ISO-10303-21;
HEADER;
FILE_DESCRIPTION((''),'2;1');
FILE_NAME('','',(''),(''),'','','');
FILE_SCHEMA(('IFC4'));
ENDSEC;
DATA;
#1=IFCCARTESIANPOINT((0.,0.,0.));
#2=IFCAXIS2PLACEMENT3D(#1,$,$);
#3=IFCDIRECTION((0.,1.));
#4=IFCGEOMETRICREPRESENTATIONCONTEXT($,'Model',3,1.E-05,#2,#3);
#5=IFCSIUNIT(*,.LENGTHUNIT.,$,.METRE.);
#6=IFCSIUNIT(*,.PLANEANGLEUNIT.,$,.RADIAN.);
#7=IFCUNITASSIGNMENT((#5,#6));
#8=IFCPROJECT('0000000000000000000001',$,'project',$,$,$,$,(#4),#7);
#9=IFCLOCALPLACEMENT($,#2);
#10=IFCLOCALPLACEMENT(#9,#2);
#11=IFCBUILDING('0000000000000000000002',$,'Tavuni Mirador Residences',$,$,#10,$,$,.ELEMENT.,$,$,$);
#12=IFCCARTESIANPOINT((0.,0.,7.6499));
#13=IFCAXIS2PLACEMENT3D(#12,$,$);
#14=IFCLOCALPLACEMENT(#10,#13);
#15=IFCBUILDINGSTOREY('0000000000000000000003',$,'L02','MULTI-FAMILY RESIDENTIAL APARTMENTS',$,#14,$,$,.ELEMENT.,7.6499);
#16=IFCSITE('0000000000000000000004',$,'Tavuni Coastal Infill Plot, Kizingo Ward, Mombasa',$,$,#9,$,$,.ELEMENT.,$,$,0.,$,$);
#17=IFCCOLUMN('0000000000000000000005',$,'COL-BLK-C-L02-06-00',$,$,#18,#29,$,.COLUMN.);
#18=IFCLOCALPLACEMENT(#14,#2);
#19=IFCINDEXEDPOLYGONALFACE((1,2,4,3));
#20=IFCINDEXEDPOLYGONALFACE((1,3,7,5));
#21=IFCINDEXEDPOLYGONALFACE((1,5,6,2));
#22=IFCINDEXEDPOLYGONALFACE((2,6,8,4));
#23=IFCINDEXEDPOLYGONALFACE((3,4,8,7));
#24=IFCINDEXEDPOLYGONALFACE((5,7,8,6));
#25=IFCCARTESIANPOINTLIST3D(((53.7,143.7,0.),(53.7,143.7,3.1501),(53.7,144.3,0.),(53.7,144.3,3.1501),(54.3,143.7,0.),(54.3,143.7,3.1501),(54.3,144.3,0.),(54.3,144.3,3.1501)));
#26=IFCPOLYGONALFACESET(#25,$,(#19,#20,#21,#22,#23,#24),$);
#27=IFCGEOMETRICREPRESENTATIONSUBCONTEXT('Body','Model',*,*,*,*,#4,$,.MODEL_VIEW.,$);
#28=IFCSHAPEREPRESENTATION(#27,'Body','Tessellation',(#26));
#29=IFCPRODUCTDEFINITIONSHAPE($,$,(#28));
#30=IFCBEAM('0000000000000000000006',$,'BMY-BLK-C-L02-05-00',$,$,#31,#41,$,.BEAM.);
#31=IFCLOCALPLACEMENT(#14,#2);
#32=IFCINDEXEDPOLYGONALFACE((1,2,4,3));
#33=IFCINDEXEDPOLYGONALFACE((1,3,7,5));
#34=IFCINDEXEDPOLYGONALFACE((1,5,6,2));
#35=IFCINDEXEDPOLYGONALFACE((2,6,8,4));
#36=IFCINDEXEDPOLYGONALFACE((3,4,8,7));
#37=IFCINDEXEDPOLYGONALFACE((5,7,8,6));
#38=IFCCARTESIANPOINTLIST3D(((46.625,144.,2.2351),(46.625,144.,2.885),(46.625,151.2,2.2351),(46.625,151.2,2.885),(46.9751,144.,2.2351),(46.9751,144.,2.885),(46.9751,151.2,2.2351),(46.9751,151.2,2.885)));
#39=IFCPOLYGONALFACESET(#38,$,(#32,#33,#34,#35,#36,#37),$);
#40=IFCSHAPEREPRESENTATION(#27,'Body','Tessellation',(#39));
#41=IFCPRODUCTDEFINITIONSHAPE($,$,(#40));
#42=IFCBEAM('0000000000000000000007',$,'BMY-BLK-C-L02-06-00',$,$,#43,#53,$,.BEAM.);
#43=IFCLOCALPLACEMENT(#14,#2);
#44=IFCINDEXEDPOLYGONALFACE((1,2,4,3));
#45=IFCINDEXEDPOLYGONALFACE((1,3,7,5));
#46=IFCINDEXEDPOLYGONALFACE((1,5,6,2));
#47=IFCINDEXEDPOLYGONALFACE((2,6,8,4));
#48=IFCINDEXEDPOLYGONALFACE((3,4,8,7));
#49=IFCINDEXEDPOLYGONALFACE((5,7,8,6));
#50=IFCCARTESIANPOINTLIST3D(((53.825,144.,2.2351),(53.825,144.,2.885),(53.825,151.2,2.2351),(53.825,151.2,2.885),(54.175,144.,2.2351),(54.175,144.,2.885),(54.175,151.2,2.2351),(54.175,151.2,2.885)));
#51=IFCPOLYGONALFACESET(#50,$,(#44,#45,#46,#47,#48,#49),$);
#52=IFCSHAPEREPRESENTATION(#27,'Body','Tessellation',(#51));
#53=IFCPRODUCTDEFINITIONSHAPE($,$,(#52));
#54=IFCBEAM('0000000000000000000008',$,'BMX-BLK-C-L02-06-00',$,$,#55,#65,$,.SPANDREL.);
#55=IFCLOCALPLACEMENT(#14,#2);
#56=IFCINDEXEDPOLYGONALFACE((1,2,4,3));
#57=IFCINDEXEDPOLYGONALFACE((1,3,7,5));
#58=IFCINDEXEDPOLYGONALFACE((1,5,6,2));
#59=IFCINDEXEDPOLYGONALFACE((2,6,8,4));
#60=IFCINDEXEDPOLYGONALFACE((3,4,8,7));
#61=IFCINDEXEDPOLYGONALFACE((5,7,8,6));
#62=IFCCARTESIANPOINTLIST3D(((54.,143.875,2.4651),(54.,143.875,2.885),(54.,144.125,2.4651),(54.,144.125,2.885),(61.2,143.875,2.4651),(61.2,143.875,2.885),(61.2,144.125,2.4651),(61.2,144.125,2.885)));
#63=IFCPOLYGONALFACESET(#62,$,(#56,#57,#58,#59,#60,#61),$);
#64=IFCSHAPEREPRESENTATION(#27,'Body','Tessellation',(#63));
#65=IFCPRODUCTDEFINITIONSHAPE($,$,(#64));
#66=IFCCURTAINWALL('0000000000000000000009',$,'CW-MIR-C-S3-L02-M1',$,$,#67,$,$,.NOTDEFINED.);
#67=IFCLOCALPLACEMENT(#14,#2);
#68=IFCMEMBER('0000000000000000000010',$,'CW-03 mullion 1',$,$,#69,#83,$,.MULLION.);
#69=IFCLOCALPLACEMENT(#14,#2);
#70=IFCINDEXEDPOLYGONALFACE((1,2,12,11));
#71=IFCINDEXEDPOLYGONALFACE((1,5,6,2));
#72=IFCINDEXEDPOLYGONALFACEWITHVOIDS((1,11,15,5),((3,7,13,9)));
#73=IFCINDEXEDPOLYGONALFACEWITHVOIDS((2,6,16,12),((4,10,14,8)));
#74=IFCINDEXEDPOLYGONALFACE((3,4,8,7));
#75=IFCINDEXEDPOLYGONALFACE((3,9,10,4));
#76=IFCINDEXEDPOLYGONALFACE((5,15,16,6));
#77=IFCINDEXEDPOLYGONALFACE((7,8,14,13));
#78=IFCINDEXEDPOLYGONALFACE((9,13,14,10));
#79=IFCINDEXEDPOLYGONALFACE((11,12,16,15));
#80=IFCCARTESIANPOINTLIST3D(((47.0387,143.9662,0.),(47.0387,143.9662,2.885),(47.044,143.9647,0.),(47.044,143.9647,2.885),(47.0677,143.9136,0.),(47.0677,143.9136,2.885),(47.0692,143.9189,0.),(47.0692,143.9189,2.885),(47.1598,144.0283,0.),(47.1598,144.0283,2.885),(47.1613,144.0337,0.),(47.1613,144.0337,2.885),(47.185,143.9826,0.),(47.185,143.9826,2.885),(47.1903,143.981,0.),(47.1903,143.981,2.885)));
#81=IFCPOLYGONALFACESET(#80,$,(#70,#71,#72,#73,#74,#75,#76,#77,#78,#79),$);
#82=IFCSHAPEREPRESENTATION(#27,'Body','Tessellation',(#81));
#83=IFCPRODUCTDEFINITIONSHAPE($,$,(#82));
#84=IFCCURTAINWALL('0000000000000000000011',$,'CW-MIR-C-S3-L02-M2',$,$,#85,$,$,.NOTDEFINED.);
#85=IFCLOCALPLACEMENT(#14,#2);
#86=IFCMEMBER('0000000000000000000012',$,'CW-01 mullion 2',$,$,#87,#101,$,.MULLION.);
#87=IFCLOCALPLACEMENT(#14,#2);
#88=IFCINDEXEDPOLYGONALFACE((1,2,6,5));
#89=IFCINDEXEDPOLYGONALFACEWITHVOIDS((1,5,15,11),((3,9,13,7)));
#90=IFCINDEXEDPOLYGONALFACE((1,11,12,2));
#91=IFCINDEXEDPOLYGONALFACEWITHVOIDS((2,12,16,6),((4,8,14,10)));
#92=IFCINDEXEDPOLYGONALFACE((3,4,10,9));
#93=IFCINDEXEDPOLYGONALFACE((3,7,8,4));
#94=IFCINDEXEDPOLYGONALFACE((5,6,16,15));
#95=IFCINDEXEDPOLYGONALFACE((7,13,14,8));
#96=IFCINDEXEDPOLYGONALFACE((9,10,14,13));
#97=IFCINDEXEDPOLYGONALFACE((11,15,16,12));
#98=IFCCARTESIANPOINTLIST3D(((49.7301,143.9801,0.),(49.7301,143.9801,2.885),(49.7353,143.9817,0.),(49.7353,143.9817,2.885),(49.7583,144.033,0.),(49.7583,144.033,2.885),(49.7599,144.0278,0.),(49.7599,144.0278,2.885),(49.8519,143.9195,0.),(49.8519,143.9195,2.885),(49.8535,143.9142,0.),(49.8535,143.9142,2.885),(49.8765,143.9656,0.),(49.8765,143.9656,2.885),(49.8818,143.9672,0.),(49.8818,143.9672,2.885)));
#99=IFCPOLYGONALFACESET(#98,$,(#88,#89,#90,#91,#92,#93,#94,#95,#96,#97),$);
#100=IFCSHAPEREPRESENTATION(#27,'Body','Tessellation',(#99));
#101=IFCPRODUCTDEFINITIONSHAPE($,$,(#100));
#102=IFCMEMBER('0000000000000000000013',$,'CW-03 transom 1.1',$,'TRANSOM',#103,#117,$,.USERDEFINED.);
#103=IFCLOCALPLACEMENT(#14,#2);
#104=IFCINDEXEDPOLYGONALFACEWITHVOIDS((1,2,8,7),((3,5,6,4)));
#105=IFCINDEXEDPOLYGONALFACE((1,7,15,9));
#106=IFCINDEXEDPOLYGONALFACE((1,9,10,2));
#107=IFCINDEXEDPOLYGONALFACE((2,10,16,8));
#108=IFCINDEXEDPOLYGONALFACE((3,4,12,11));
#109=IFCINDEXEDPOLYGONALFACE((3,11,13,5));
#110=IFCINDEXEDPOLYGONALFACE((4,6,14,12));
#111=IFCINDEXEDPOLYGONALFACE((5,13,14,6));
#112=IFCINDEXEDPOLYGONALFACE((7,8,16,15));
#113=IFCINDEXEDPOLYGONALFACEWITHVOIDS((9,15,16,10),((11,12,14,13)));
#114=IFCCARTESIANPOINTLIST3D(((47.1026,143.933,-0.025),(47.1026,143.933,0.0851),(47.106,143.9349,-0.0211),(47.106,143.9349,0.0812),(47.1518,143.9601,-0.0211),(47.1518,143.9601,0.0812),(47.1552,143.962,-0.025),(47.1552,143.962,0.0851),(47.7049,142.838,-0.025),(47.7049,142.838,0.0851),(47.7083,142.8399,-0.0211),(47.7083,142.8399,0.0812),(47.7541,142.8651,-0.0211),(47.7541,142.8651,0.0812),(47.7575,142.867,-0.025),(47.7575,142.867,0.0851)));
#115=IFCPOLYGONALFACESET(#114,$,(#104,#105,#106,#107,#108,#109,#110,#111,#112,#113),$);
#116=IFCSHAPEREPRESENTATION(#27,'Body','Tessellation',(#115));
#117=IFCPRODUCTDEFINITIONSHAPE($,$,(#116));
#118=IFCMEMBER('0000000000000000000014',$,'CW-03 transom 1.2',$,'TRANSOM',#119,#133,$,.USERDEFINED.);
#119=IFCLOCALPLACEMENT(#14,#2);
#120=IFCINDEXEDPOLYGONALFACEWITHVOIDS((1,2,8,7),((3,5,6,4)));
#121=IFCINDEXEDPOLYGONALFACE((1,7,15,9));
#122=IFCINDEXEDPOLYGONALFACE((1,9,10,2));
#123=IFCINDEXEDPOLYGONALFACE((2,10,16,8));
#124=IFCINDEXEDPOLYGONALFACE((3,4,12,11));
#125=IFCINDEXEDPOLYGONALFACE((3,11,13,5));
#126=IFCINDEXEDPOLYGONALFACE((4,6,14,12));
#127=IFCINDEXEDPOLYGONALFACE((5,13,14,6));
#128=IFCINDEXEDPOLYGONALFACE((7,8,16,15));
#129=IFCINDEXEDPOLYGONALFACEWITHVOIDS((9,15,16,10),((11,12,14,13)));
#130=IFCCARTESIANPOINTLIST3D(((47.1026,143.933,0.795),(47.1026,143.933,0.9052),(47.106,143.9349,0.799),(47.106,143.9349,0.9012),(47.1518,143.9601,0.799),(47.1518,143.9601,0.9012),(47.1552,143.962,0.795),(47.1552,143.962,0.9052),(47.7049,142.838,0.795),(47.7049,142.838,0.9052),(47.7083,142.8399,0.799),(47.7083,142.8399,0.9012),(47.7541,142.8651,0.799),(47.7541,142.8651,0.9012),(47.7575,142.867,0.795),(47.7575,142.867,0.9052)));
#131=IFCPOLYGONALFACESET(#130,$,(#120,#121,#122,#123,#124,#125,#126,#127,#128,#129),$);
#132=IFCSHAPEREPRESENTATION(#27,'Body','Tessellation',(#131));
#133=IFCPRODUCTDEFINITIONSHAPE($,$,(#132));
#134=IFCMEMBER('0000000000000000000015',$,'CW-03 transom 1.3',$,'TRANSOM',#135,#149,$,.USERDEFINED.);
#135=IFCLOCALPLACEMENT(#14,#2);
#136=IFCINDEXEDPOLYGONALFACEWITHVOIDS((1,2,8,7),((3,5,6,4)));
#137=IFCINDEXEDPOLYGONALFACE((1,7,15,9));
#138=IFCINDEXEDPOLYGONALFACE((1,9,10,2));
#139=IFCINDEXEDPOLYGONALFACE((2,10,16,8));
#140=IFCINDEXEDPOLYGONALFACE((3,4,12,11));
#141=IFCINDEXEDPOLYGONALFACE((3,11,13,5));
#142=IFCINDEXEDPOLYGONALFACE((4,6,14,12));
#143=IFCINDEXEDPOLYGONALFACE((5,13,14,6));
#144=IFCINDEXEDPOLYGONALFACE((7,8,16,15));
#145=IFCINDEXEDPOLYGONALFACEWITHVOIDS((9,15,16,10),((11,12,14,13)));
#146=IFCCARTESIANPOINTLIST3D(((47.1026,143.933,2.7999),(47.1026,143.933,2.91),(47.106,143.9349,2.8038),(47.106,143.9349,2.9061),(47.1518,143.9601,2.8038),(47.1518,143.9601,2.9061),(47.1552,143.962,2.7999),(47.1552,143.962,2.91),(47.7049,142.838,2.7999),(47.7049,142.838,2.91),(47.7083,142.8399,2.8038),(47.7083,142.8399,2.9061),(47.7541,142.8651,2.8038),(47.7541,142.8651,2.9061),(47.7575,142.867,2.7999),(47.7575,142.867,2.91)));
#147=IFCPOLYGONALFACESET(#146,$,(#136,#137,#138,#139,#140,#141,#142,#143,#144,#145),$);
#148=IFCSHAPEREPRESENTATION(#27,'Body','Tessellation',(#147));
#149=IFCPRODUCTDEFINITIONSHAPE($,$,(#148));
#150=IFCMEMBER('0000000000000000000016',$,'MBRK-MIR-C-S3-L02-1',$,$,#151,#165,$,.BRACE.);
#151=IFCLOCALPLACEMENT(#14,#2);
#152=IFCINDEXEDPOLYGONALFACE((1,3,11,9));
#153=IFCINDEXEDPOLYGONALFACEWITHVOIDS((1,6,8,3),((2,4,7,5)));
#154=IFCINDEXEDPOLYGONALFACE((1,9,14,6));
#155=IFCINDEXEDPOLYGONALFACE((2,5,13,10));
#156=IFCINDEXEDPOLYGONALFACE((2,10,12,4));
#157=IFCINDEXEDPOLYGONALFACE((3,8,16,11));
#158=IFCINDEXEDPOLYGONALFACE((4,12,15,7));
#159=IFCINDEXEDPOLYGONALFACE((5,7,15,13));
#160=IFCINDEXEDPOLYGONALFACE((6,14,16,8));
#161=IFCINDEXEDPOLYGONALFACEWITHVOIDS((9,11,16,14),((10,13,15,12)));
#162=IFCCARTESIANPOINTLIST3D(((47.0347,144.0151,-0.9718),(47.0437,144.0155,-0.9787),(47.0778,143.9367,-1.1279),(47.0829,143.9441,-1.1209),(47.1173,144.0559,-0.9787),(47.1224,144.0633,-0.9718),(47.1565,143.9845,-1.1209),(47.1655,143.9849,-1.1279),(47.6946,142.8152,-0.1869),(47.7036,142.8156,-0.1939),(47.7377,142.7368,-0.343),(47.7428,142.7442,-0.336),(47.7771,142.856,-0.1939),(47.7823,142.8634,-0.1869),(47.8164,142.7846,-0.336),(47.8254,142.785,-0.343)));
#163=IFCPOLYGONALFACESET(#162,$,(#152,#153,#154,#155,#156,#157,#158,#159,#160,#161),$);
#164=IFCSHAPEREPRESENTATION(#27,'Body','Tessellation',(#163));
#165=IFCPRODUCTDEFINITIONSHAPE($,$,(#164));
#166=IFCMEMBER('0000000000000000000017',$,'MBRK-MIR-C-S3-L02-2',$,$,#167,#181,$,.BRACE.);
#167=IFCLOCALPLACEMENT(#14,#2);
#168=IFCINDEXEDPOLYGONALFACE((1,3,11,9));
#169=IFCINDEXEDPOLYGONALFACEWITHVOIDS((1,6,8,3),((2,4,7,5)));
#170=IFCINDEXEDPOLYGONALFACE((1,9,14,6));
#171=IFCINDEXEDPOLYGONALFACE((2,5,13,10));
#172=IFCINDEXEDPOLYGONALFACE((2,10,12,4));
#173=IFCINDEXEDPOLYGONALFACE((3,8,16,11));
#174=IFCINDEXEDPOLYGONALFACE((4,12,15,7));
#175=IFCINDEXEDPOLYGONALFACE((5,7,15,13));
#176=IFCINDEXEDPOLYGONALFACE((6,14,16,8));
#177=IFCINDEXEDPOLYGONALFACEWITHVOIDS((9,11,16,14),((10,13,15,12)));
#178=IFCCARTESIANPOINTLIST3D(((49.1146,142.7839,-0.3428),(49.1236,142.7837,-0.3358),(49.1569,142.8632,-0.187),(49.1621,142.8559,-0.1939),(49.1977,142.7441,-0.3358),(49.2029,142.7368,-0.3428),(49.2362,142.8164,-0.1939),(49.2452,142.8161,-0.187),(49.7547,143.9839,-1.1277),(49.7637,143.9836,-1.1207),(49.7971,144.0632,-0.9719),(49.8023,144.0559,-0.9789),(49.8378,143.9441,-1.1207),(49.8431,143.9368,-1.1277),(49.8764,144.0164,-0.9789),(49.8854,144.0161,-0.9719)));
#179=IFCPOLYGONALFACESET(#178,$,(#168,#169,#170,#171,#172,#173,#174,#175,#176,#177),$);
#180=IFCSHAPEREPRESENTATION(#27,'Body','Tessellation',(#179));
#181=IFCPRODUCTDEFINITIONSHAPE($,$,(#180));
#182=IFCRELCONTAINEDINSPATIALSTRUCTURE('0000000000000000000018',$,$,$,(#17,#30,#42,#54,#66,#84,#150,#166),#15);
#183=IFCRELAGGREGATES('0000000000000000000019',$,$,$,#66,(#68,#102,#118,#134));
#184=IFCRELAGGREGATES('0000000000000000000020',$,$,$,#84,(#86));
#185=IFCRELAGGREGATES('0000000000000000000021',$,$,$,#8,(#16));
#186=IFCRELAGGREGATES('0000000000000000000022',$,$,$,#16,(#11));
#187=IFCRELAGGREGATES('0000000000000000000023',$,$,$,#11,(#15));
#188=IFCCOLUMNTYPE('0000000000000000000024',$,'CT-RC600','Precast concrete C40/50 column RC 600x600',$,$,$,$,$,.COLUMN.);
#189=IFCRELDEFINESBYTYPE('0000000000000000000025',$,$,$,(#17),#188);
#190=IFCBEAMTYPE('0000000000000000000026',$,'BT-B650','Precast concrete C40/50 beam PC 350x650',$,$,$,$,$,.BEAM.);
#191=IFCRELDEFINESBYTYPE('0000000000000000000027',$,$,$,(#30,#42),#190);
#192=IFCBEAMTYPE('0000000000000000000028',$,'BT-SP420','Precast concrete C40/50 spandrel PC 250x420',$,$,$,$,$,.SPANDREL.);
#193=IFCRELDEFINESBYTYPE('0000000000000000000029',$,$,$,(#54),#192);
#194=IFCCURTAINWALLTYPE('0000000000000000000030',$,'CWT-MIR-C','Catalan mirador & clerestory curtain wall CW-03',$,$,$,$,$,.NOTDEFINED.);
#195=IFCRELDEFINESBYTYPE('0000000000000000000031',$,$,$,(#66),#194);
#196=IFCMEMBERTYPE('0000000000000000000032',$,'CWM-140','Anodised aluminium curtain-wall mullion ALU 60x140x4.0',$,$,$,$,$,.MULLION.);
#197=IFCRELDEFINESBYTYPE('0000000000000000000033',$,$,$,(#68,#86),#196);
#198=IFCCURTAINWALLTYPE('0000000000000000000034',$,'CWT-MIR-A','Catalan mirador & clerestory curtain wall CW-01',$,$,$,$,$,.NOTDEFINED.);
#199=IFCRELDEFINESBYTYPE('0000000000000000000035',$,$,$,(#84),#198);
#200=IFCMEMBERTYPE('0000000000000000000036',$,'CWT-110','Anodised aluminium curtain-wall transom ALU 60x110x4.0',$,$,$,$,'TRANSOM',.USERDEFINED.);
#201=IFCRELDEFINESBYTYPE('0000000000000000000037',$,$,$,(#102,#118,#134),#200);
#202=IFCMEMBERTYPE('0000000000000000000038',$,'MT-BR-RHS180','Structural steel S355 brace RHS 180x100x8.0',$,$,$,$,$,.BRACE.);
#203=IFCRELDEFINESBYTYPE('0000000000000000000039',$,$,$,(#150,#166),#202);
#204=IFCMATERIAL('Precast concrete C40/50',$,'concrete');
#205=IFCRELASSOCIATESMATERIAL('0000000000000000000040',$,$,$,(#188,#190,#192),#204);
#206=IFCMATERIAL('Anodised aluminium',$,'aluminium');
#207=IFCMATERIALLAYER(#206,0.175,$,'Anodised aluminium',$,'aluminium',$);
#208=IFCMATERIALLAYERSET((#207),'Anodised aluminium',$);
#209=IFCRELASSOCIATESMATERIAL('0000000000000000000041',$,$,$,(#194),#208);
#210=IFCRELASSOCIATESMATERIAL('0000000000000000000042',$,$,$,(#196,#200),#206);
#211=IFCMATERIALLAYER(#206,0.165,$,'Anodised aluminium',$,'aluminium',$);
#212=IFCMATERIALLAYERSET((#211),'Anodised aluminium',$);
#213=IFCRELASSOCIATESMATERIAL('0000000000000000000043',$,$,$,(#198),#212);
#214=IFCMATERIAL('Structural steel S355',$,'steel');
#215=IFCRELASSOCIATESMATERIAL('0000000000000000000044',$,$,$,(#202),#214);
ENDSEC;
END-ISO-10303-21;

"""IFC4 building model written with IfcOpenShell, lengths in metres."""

from ifc_helpers import new_model, si_unit, direction, frame, origin, origin_2d, place, context, subcontext, project, spatial, rectangle, hollow_rectangle, extrude, material, layer, layer_set, material_profile, profile_set, type_object, element, aggregate, save


model = new_model("IFC4")

# Units and contexts
model_context = context("Model", 3, precision=1e-05, world=origin(), true_north=direction((0.0, 1.0)))
body_context = subcontext(model_context, "Body", "Model", "MODEL_VIEW")
ifc_project = project(units=[si_unit("LENGTHUNIT", "METRE"), si_unit("PLANEANGLEUNIT", "RADIAN")], contexts=[model_context])

# Site, building, storey
site_placement = place(None, origin())
site = spatial("IfcSite", under=ifc_project, at=site_placement, Name="Tavuni Coastal Infill Plot, Kizingo Ward, Mombasa", CompositionType="ELEMENT", RefElevation=0.0)
building_placement = place(site_placement, origin())
building = spatial("IfcBuilding", under=site, at=building_placement, Name="Tavuni Mirador Residences", CompositionType="ELEMENT")
storey_placement = place(building_placement, frame((0.0, 0.0, 7.6499)))
storey = spatial("IfcBuildingStorey", under=building, at=storey_placement, Name="L02", Description="MULTI-FAMILY RESIDENTIAL APARTMENTS", CompositionType="ELEMENT", Elevation=7.6499)

# Column
ifc_material_1 = material(Name="Precast concrete C40/50", Category="concrete")
ifc_material_profile_1 = material_profile(ifc_material_1, rectangle(XDim=0.6001, YDim=0.6001, at=origin_2d()), Name="RC 600x600", Category="concrete")
ifc_profile_set_1 = profile_set([ifc_material_profile_1], Name="Precast concrete C40/50")
column_type = type_object("IfcColumnType", Name="CT-RC600", Description="Precast concrete C40/50 column RC 600x600", PredefinedType="COLUMN", material=ifc_profile_set_1)
column_placement = place(storey_placement, frame((54.0, 144.0, 0.0), z_axis=(0.0, 0.0, 1.0), x_axis=(1.0, 0.0, 0.0)))
element("IfcColumn", 1, at=column_placement, inside=storey, type_object=column_type, Name="COL-BLK-C-L02-06-00", PredefinedType="COLUMN", context=body_context, shape_type="SweptSolid", body=[
    extrude(rectangle(XDim=0.6001, YDim=0.6001, at=origin_2d()), origin(), (0.0, 0.0, 1.0), 3.1501),
])

# Beams
ifc_material_profile_2 = material_profile(ifc_material_1, rectangle(XDim=0.3501, YDim=0.6499, at=origin_2d()), Name="PC 350x650", Category="concrete")
ifc_profile_set_2 = profile_set([ifc_material_profile_2], Name="Precast concrete C40/50")
beam_type_1 = type_object("IfcBeamType", Name="BT-B650", Description="Precast concrete C40/50 beam PC 350x650", PredefinedType="BEAM", material=ifc_profile_set_2)
for number, where, z_axis, x_axis, name in (
    (2, (46.8, 144.0, 2.5601), (0.0, 1.0, 0.0), (-1.0, 0.0, 0.0), "BMY-BLK-C-L02-05-00"),
    (3, (54.0, 144.0, 2.5601), (0.0, 1.0, 0.0), (-1.0, 0.0, 0.0), "BMY-BLK-C-L02-06-00"),
):
    element("IfcBeam", number, at=place(storey_placement, frame(where, z_axis=z_axis, x_axis=x_axis)), inside=storey, type_object=beam_type_1, Name=name, PredefinedType="BEAM", context=body_context, shape_type="SweptSolid", body=[
        extrude(rectangle(XDim=0.3501, YDim=0.6499, at=origin_2d()), origin(), (0.0, 0.0, 1.0), 7.2),
    ])
ifc_material_profile_3 = material_profile(ifc_material_1, rectangle(XDim=0.25, YDim=0.4199, at=origin_2d()), Name="PC 250x420", Category="concrete")
ifc_profile_set_3 = profile_set([ifc_material_profile_3], Name="Precast concrete C40/50")
beam_type_2 = type_object("IfcBeamType", Name="BT-SP420", Description="Precast concrete C40/50 spandrel PC 250x420", PredefinedType="SPANDREL", material=ifc_profile_set_3)
beam_placement = place(storey_placement, frame((54.0, 144.0, 2.675), z_axis=(1.0, 0.0, 0.0), x_axis=(0.0, 1.0, 0.0)))
element("IfcBeam", 4, at=beam_placement, inside=storey, type_object=beam_type_2, Name="BMX-BLK-C-L02-06-00", PredefinedType="SPANDREL", context=body_context, shape_type="SweptSolid", body=[
    extrude(rectangle(XDim=0.25, YDim=0.4199, at=origin_2d()), origin(), (0.0, 0.0, 1.0), 7.2),
])

# Curtain walls, members
ifc_material_2 = material(Name="Anodised aluminium", Category="aluminium")
ifc_layer_1 = layer(ifc_material_2, 0.175, Name="Anodised aluminium", Category="aluminium")
ifc_layer_set_1 = layer_set([ifc_layer_1], Name="Anodised aluminium")
curtain_wall_type_1 = type_object("IfcCurtainWallType", Name="CWT-MIR-C", Description="Catalan mirador & clerestory curtain wall CW-03", PredefinedType="NOTDEFINED", material=ifc_layer_set_1)
curtain_wall_1_placement = place(storey_placement, origin())
curtain_wall_1 = element("IfcCurtainWall", 5, at=curtain_wall_1_placement, inside=storey, type_object=curtain_wall_type_1, Name="CW-MIR-C-S3-L02-M1", PredefinedType="NOTDEFINED")
ifc_material_profile_4 = material_profile(ifc_material_2, hollow_rectangle(XDim=0.0601, YDim=0.1399, WallThickness=0.0039, at=origin_2d()), Name="ALU 60x140x4.0", Category="aluminium")
ifc_profile_set_4 = profile_set([ifc_material_profile_4], Name="Anodised aluminium")
member_type_1 = type_object("IfcMemberType", Name="CWM-140", Description="Anodised aluminium curtain-wall mullion ALU 60x140x4.0", PredefinedType="MULLION", material=ifc_profile_set_4)
member_1_placement = place(storey_placement, frame((47.1145, 143.9736, 0.0), z_axis=(0.0, 0.0, 1.0), x_axis=(0.481919, -0.876216, 0.0)))
member_1 = element("IfcMember", 6, at=member_1_placement, type_object=member_type_1, Name="CW-03 mullion 1", PredefinedType="MULLION", context=body_context, shape_type="SweptSolid", body=[
    extrude(hollow_rectangle(XDim=0.0601, YDim=0.1399, WallThickness=0.0039, at=origin_2d()), origin(), (0.0, 0.0, 1.0), 2.885),
])
ifc_layer_2 = layer(ifc_material_2, 0.165, Name="Anodised aluminium", Category="aluminium")
ifc_layer_set_2 = layer_set([ifc_layer_2], Name="Anodised aluminium")
curtain_wall_type_2 = type_object("IfcCurtainWallType", Name="CWT-MIR-A", Description="Catalan mirador & clerestory curtain wall CW-01", PredefinedType="NOTDEFINED", material=ifc_layer_set_2)
curtain_wall_2_placement = place(storey_placement, origin())
curtain_wall_2 = element("IfcCurtainWall", 7, at=curtain_wall_2_placement, inside=storey, type_object=curtain_wall_type_2, Name="CW-MIR-C-S3-L02-M2", PredefinedType="NOTDEFINED")
member_2_placement = place(storey_placement, frame((49.8059, 143.9736, 0.0), z_axis=(0.0, 0.0, 1.0), x_axis=(0.470588, 0.882353, 0.0)))
member_2 = element("IfcMember", 8, at=member_2_placement, type_object=member_type_1, Name="CW-01 mullion 2", PredefinedType="MULLION", context=body_context, shape_type="SweptSolid", body=[
    extrude(hollow_rectangle(XDim=0.0601, YDim=0.1399, WallThickness=0.0039, at=origin_2d()), origin(), (0.0, 0.0, 1.0), 2.885),
])

# Members
ifc_material_profile_5 = material_profile(ifc_material_2, hollow_rectangle(XDim=0.0601, YDim=0.1101, WallThickness=0.0039, at=origin_2d()), Name="ALU 60x110x4.0", Category="aluminium")
ifc_profile_set_5 = profile_set([ifc_material_profile_5], Name="Anodised aluminium")
member_type_2 = type_object("IfcMemberType", Name="CWT-110", Description="Anodised aluminium curtain-wall transom ALU 60x110x4.0", ElementType="TRANSOM", PredefinedType="USERDEFINED", material=ifc_profile_set_5)
member_3_placement = place(storey_placement, frame((47.1289, 143.9475, 0.03), z_axis=(0.481956, -0.876195, 0.0), x_axis=(0.876195, 0.481956, 0.0)))
member_3 = element("IfcMember", 9, at=member_3_placement, type_object=member_type_2, Name="CW-03 transom 1.1", ObjectType="TRANSOM", PredefinedType="USERDEFINED", context=body_context, shape_type="SweptSolid", body=[
    extrude(hollow_rectangle(XDim=0.0601, YDim=0.1101, WallThickness=0.0039, at=origin_2d()), origin(), (0.0, 0.0, 1.0), 1.2498),
])
member_4_placement = place(storey_placement, frame((47.1289, 143.9475, 0.8501), z_axis=(0.481956, -0.876195, 0.0), x_axis=(0.876195, 0.481956, 0.0)))
member_4 = element("IfcMember", 10, at=member_4_placement, type_object=member_type_2, Name="CW-03 transom 1.2", ObjectType="TRANSOM", PredefinedType="USERDEFINED", context=body_context, shape_type="SweptSolid", body=[
    extrude(hollow_rectangle(XDim=0.0601, YDim=0.1101, WallThickness=0.0039, at=origin_2d()), origin(), (0.0, 0.0, 1.0), 1.2498),
])
member_5_placement = place(storey_placement, frame((47.1289, 143.9475, 2.855), z_axis=(0.481956, -0.876195, 0.0), x_axis=(0.876195, 0.481956, 0.0)))
member_5 = element("IfcMember", 11, at=member_5_placement, type_object=member_type_2, Name="CW-03 transom 1.3", ObjectType="TRANSOM", PredefinedType="USERDEFINED", context=body_context, shape_type="SweptSolid", body=[
    extrude(hollow_rectangle(XDim=0.0601, YDim=0.1101, WallThickness=0.0039, at=origin_2d()), origin(), (0.0, 0.0, 1.0), 1.2498),
])

# Members
ifc_material_3 = material(Name="Structural steel S355", Category="steel")
ifc_material_profile_6 = material_profile(ifc_material_3, hollow_rectangle(XDim=0.1001, YDim=0.1799, WallThickness=0.0081, at=origin_2d()), Name="RHS 180x100x8.0", Category="steel")
ifc_profile_set_6 = profile_set([ifc_material_profile_6], Name="Structural steel S355")
member_type_3 = type_object("IfcMemberType", Name="MT-BR-RHS180", Description="Structural steel S355 brace RHS 180x100x8.0", PredefinedType="BRACE", material=ifc_profile_set_6)
member_6_placement = place(storey_placement, frame((47.1001, 144.0, -1.0498), z_axis=(0.41808, -0.760216, 0.497273), x_axis=(0.876235, 0.481885, 0.0)))
element("IfcMember", 12, at=member_6_placement, inside=storey, type_object=member_type_3, Name="MBRK-MIR-C-S3-L02-1", PredefinedType="BRACE", context=body_context, shape_type="SweptSolid", body=[
    extrude(hollow_rectangle(XDim=0.1001, YDim=0.1799, WallThickness=0.0081, at=origin_2d()), origin(), (0.0, 0.0, 1.0), 1.5784),
])
member_7_placement = place(storey_placement, frame((49.8201, 144.0, -1.0498), z_axis=(-0.407661, -0.764169, 0.499858), x_axis=(0.882303, -0.470681, 0.0)))
element("IfcMember", 13, at=member_7_placement, inside=storey, type_object=member_type_3, Name="MBRK-MIR-C-S3-L02-2", PredefinedType="BRACE", context=body_context, shape_type="SweptSolid", body=[
    extrude(hollow_rectangle(XDim=0.1001, YDim=0.1799, WallThickness=0.0081, at=origin_2d()), origin(), (0.0, 0.0, 1.0), 1.5703),
])

aggregate(curtain_wall_1, [member_1, member_3, member_4, member_5])
aggregate(curtain_wall_2, [member_2])

save(model, "model.ifc")
